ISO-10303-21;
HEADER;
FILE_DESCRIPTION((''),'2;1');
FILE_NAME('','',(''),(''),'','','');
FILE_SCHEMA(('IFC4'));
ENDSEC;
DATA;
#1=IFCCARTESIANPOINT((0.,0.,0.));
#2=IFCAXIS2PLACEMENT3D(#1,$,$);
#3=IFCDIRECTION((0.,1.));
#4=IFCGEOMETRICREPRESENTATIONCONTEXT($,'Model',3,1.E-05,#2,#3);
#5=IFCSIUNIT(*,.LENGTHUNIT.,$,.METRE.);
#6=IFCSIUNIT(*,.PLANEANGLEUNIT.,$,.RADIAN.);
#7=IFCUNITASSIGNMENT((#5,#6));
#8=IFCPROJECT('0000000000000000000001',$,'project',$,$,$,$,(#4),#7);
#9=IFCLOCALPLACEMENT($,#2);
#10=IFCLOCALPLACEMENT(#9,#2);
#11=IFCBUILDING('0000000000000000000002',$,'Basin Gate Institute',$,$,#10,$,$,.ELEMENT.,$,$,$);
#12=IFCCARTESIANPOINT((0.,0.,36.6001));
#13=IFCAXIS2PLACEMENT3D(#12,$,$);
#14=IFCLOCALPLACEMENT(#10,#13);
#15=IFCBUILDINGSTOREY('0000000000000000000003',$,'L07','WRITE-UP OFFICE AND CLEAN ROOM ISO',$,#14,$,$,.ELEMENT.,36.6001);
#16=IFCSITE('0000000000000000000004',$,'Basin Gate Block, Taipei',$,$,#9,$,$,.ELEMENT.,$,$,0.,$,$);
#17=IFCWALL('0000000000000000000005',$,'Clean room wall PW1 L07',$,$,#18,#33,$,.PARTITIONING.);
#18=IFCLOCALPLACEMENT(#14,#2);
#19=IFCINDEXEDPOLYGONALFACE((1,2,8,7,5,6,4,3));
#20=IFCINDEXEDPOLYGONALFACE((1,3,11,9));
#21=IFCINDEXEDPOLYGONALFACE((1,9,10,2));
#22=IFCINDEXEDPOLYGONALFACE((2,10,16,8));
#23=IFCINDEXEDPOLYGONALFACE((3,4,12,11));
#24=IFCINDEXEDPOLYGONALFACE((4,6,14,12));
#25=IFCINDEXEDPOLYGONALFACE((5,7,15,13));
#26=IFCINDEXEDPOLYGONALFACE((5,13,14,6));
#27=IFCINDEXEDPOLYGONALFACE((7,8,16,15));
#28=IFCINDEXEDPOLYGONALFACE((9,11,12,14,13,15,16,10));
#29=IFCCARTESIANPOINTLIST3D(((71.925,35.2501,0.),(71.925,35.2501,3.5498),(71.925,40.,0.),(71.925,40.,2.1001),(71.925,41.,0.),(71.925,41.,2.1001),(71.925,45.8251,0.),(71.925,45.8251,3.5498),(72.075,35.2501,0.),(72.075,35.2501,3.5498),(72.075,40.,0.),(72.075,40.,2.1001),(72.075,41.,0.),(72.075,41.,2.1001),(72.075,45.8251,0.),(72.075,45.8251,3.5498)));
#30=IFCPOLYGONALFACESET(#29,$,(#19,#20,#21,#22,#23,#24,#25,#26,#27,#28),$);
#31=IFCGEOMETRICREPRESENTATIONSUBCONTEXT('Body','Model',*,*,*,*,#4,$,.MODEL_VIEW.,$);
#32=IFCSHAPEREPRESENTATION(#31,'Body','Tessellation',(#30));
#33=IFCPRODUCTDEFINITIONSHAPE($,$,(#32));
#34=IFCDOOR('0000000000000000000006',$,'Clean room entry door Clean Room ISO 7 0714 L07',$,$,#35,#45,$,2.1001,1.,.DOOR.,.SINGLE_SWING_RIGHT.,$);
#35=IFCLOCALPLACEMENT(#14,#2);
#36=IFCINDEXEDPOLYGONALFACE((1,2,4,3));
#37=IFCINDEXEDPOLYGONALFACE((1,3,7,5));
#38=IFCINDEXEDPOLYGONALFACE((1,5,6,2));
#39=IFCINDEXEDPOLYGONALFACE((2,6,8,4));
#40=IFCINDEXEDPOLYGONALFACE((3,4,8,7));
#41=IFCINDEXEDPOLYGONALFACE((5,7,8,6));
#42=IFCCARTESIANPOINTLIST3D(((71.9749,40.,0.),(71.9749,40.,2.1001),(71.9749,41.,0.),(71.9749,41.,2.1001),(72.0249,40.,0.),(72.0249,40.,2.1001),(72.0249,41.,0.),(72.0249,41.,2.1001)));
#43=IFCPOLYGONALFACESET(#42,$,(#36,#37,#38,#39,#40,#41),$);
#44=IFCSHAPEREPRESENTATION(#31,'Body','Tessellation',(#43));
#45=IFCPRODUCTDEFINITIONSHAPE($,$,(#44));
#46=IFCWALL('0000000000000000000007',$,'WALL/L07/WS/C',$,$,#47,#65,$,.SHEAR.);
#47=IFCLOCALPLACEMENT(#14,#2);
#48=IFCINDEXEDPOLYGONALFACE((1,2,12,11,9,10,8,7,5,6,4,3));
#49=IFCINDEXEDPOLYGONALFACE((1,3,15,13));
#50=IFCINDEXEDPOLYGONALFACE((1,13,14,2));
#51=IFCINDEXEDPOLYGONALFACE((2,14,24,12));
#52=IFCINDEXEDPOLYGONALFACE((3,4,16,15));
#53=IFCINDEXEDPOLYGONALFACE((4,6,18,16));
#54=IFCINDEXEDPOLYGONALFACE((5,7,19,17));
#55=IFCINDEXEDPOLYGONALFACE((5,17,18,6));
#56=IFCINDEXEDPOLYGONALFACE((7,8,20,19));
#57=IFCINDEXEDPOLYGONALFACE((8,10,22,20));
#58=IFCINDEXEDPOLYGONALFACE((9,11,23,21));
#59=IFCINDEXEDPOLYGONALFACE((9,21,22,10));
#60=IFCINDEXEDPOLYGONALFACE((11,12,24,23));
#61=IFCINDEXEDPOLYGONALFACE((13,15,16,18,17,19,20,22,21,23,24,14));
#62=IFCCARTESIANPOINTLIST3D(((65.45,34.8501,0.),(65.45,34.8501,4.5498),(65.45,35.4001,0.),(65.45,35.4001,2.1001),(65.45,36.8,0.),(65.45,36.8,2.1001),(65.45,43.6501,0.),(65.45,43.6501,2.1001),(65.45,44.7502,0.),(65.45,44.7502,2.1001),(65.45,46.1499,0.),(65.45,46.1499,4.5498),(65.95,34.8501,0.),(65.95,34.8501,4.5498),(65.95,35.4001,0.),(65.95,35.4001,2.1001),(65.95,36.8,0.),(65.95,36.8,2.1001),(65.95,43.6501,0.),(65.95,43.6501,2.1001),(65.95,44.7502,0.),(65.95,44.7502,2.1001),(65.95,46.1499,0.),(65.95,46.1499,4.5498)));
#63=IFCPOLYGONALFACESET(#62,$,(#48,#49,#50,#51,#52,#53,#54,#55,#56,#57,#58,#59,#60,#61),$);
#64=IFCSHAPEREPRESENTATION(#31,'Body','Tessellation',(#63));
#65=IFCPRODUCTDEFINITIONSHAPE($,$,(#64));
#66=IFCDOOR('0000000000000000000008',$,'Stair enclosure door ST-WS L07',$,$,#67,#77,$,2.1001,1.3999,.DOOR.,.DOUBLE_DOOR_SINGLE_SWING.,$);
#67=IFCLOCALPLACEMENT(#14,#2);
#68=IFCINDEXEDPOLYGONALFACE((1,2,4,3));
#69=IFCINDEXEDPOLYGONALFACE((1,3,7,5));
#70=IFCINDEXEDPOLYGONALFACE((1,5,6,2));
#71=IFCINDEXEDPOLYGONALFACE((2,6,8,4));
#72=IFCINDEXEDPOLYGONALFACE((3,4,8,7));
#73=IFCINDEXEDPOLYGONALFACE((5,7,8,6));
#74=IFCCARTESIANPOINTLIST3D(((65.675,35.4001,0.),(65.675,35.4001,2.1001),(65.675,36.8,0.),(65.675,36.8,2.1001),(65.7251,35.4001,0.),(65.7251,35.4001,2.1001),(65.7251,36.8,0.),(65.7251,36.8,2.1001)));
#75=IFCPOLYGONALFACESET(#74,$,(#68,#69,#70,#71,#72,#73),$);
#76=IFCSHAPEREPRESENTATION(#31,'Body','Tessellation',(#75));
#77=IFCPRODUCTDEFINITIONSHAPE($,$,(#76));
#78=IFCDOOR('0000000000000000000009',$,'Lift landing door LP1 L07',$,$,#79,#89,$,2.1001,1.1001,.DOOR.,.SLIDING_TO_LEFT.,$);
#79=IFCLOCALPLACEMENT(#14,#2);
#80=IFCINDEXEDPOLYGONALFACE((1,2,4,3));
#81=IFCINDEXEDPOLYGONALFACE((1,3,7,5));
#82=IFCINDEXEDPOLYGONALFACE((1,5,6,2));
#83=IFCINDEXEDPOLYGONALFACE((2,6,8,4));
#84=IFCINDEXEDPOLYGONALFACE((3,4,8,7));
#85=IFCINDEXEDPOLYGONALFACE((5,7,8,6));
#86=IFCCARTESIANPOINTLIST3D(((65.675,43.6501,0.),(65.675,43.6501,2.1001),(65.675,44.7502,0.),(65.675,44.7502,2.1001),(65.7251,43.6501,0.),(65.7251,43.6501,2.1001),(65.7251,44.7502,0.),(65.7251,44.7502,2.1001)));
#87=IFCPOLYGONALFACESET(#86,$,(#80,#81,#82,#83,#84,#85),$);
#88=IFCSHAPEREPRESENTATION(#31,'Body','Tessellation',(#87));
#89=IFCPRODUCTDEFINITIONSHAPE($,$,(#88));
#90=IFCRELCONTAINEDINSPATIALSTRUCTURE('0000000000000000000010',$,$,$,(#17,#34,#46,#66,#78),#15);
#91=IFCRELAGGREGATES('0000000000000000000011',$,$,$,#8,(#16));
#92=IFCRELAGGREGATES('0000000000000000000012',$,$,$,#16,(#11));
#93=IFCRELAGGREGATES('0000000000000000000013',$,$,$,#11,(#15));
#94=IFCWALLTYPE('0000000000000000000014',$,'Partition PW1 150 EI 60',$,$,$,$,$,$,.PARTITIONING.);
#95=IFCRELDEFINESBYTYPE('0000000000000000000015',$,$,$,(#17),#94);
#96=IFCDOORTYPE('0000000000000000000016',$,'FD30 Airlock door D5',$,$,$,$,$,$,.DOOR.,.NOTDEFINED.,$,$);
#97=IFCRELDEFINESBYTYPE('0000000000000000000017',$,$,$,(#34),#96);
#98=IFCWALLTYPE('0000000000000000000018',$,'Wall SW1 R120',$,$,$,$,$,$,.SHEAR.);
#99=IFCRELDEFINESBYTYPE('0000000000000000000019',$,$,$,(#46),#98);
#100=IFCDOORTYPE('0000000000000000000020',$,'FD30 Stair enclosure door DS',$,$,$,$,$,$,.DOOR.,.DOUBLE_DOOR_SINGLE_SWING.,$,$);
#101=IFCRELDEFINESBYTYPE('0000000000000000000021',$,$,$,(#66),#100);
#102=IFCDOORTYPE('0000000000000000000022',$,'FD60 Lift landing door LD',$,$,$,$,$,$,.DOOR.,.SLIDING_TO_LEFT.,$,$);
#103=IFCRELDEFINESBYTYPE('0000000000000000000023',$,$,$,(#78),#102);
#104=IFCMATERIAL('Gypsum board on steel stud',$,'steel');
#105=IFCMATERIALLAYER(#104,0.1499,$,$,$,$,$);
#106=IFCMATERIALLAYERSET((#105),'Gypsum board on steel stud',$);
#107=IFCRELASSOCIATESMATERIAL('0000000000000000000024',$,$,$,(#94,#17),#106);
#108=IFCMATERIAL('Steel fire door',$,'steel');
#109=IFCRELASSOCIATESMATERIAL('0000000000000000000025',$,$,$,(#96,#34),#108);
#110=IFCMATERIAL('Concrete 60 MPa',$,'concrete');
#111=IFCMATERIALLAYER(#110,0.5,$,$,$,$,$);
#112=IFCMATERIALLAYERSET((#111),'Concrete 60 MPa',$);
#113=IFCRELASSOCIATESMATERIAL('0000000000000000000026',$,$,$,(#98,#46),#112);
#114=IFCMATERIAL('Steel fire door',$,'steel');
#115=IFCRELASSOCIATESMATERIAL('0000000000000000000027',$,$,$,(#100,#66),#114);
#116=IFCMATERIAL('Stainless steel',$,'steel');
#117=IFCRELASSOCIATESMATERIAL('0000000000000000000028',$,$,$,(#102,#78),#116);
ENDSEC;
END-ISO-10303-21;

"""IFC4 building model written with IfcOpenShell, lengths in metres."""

from ifc_helpers import new_model, si_unit, direction, frame, frame_2d, origin, place, context, subcontext, project, spatial, rectangle, extrude, material, layer, layer_set, type_object, element, fill, save


model = new_model("IFC4")

# Units and contexts
model_context = context("Model", 3, precision=1e-05, world=origin(), true_north=direction((0.0, 1.0)))
body_context = subcontext(model_context, "Body", "Model", "MODEL_VIEW")
ifc_project = project(units=[si_unit("LENGTHUNIT", "METRE"), si_unit("PLANEANGLEUNIT", "RADIAN")], contexts=[model_context])

# Site, building, storey
site_placement = place(None, origin())
site = spatial("IfcSite", under=ifc_project, at=site_placement, Name="Basin Gate Block, Taipei", CompositionType="ELEMENT", RefElevation=0.0)
building_placement = place(site_placement, origin())
building = spatial("IfcBuilding", under=site, at=building_placement, Name="Basin Gate Institute", CompositionType="ELEMENT")
storey_placement = place(building_placement, frame((0.0, 0.0, 36.6001)))
storey = spatial("IfcBuildingStorey", under=building, at=storey_placement, Name="L07", Description="WRITE-UP OFFICE AND CLEAN ROOM ISO", CompositionType="ELEMENT", Elevation=36.6001)

# Wall, opening, door
ifc_material_1 = material(Name="Gypsum board on steel stud", Category="steel")
ifc_layer_1 = layer(ifc_material_1, 0.1499)
ifc_layer_set_1 = layer_set([ifc_layer_1], Name="Gypsum board on steel stud")
wall_type_1 = type_object("IfcWallType", Name="Partition PW1 150 EI 60", PredefinedType="PARTITIONING", material=ifc_layer_set_1)
wall_1_placement = place(storey_placement, frame((72.0, 35.25, 0.0), z_axis=(0.0, 0.0, 1.0), x_axis=(0.0, 1.0, 0.0)))
wall_1 = element("IfcWall", 1, at=wall_1_placement, inside=storey, type_object=wall_type_1, material=ifc_layer_set_1, Name="Clean room wall PW1 L07", PredefinedType="PARTITIONING", context=body_context, shape_type="SweptSolid", body=[
    extrude(rectangle(XDim=10.575, YDim=0.1499, at=frame_2d((5.2876, 0.0))), origin(), (0.0, 0.0, 1.0), 3.5498),
])
opening_1_placement = place(wall_1_placement, frame((4.75, 0.0, 0.0)))
opening_1 = element("IfcOpeningElement", 2, at=opening_1_placement, cuts=wall_1, PredefinedType="OPENING", context=body_context, shape_type="SweptSolid", body=[
    extrude(rectangle(XDim=1.0, YDim=2.1001, at=frame_2d((0.5, 1.05))), frame((0.0, 0.085, 0.0), z_axis=(0.0, -1.0, 0.0), x_axis=(1.0, 0.0, 0.0)), (0.0, 0.0, 1.0), 0.1699),
])
ifc_material_2 = material(Name="Steel fire door", Category="steel")
door_type_1 = type_object("IfcDoorType", Name="FD30 Airlock door D5", OperationType="NOTDEFINED", PredefinedType="DOOR", material=ifc_material_2)
door_1_placement = place(opening_1_placement, frame((1.0, 0.0, 0.0), z_axis=(0.0, 0.0, 1.0), x_axis=(-1.0, 0.0, 0.0)))
door_1 = element("IfcDoor", 3, at=door_1_placement, inside=storey, type_object=door_type_1, material=ifc_material_2, Name="Clean room entry door Clean Room ISO 7 0714 L07", OperationType="SINGLE_SWING_RIGHT", OverallHeight=2.1001, OverallWidth=1.0, PredefinedType="DOOR", context=body_context, shape_type="SweptSolid", body=[
    extrude(rectangle(XDim=1.0, YDim=2.1001, at=frame_2d((0.5, 1.05))), frame((0.0, 0.0249, 0.0), z_axis=(0.0, -1.0, 0.0), x_axis=(1.0, 0.0, 0.0)), (0.0, 0.0, 1.0), 0.05),
])
fill(opening_1, door_1)

# Wall, openings, doors
ifc_material_3 = material(Name="Concrete 60 MPa", Category="concrete")
ifc_layer_2 = layer(ifc_material_3, 0.5)
ifc_layer_set_2 = layer_set([ifc_layer_2], Name="Concrete 60 MPa")
wall_type_2 = type_object("IfcWallType", Name="Wall SW1 R120", PredefinedType="SHEAR", material=ifc_layer_set_2)
wall_2_placement = place(storey_placement, frame((65.7, 34.8501, 0.0), z_axis=(0.0, 0.0, 1.0), x_axis=(0.0, 1.0, 0.0)))
wall_2 = element("IfcWall", 4, at=wall_2_placement, inside=storey, type_object=wall_type_2, material=ifc_layer_set_2, Name="WALL/L07/WS/C", PredefinedType="SHEAR", context=body_context, shape_type="SweptSolid", body=[
    extrude(rectangle(XDim=11.2998, YDim=0.5, at=frame_2d((5.6499, 0.0))), origin(), (0.0, 0.0, 1.0), 4.5498),
])
opening_2_placement = place(wall_2_placement, frame((0.55, 0.0, 0.0)))
opening_2 = element("IfcOpeningElement", 5, at=opening_2_placement, cuts=wall_2, PredefinedType="OPENING", context=body_context, shape_type="SweptSolid", body=[
    extrude(rectangle(XDim=1.3999, YDim=2.1001, at=frame_2d((0.7, 1.05))), frame((0.0, 0.26, 0.0), z_axis=(0.0, -1.0, 0.0), x_axis=(1.0, 0.0, 0.0)), (0.0, 0.0, 1.0), 0.52),
])
opening_3_placement = place(wall_2_placement, frame((8.8, 0.0, 0.0)))
opening_3 = element("IfcOpeningElement", 6, at=opening_3_placement, cuts=wall_2, PredefinedType="OPENING", context=body_context, shape_type="SweptSolid", body=[
    extrude(rectangle(XDim=1.1001, YDim=2.1001, at=frame_2d((0.55, 1.05))), frame((0.0, 0.26, 0.0), z_axis=(0.0, -1.0, 0.0), x_axis=(1.0, 0.0, 0.0)), (0.0, 0.0, 1.0), 0.52),
])
ifc_material_4 = material(Name="Steel fire door", Category="steel")
door_type_2 = type_object("IfcDoorType", Name="FD30 Stair enclosure door DS", OperationType="DOUBLE_DOOR_SINGLE_SWING", PredefinedType="DOOR", material=ifc_material_4)
door_2_placement = place(opening_2_placement, origin())
door_2 = element("IfcDoor", 7, at=door_2_placement, inside=storey, type_object=door_type_2, material=ifc_material_4, Name="Stair enclosure door ST-WS L07", OperationType="DOUBLE_DOOR_SINGLE_SWING", OverallHeight=2.1001, OverallWidth=1.3999, PredefinedType="DOOR", context=body_context, shape_type="SweptSolid", body=[
    extrude(rectangle(XDim=1.3999, YDim=2.1001, at=frame_2d((0.7, 1.05))), frame((0.0, 0.0249, 0.0), z_axis=(0.0, -1.0, 0.0), x_axis=(1.0, 0.0, 0.0)), (0.0, 0.0, 1.0), 0.05),
])
fill(opening_2, door_2)
ifc_material_5 = material(Name="Stainless steel", Category="steel")
door_type_3 = type_object("IfcDoorType", Name="FD60 Lift landing door LD", OperationType="SLIDING_TO_LEFT", PredefinedType="DOOR", material=ifc_material_5)
door_3_placement = place(opening_3_placement, origin())
door_3 = element("IfcDoor", 8, at=door_3_placement, inside=storey, type_object=door_type_3, material=ifc_material_5, Name="Lift landing door LP1 L07", OperationType="SLIDING_TO_LEFT", OverallHeight=2.1001, OverallWidth=1.1001, PredefinedType="DOOR", context=body_context, shape_type="SweptSolid", body=[
    extrude(rectangle(XDim=1.1001, YDim=2.1001, at=frame_2d((0.55, 1.05))), frame((0.0, 0.0249, 0.0), z_axis=(0.0, -1.0, 0.0), x_axis=(1.0, 0.0, 0.0)), (0.0, 0.0, 1.0), 0.05),
])
fill(opening_3, door_3)

save(model, "model.ifc")
